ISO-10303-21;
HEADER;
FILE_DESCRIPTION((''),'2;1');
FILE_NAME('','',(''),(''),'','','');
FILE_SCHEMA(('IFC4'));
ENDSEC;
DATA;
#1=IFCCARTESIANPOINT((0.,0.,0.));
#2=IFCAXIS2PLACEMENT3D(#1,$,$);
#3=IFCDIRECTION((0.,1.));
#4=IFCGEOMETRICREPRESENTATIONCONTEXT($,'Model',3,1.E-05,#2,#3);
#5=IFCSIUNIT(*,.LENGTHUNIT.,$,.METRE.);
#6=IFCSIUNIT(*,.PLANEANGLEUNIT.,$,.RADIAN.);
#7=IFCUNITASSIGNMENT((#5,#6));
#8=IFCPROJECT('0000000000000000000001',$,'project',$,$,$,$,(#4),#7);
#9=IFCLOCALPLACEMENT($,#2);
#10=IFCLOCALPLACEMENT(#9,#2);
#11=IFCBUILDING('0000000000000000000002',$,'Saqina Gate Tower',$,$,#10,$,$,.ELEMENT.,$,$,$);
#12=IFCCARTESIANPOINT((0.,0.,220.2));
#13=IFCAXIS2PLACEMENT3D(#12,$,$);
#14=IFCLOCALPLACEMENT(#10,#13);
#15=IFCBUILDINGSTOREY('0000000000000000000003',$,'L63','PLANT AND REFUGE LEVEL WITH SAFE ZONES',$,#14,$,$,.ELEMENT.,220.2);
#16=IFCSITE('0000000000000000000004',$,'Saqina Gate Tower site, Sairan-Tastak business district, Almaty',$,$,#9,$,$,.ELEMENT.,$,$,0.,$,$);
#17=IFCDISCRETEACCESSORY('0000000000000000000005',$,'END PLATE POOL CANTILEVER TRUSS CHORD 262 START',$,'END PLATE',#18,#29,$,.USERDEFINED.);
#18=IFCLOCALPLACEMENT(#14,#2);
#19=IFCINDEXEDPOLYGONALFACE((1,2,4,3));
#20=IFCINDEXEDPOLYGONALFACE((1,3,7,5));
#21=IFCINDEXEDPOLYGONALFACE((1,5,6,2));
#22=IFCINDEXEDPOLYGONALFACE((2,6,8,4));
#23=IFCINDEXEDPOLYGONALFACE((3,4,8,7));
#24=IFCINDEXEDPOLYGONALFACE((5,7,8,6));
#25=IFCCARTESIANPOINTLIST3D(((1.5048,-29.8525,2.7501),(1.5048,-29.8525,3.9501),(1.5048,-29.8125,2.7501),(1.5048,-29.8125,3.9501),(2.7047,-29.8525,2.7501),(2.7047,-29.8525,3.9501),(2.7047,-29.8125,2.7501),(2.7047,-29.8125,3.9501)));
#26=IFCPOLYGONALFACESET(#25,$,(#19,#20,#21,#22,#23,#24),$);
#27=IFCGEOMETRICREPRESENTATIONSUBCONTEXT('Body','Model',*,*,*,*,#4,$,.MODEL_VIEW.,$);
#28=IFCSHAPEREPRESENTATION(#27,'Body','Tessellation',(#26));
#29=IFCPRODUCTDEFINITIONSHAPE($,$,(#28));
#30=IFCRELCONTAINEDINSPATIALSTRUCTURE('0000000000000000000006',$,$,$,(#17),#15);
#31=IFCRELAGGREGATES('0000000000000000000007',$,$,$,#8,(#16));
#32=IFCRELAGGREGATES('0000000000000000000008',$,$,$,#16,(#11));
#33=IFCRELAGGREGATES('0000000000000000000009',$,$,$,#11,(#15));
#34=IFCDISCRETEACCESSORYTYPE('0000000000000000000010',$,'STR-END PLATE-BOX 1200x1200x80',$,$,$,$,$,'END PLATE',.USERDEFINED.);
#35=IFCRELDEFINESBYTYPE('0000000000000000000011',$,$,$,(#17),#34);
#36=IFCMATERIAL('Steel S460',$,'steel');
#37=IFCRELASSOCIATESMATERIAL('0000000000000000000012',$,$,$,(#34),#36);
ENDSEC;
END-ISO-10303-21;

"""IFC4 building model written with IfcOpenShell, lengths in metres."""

from ifc_helpers import new_model, si_unit, direction, frame, origin, origin_2d, place, context, subcontext, project, spatial, rectangle, extrude, material, material_profile, profile_set, type_object, element, save


model = new_model("IFC4")

# Units and contexts
model_context = context("Model", 3, precision=1e-05, world=origin(), true_north=direction((0.0, 1.0)))
body_context = subcontext(model_context, "Body", "Model", "MODEL_VIEW")
ifc_project = project(units=[si_unit("LENGTHUNIT", "METRE"), si_unit("PLANEANGLEUNIT", "RADIAN")], contexts=[model_context])

# Site, building, storey
site_placement = place(None, origin())
site = spatial("IfcSite", under=ifc_project, at=site_placement, Name="Saqina Gate Tower site, Sairan-Tastak business district, Almaty", CompositionType="ELEMENT", RefElevation=0.0)
building_placement = place(site_placement, origin())
building = spatial("IfcBuilding", under=site, at=building_placement, Name="Saqina Gate Tower", CompositionType="ELEMENT")
storey_placement = place(building_placement, frame((0.0, 0.0, 220.2)))
storey = spatial("IfcBuildingStorey", under=building, at=storey_placement, Name="L63", Description="PLANT AND REFUGE LEVEL WITH SAFE ZONES", CompositionType="ELEMENT", Elevation=220.2)

# Discrete accessory
ifc_material_1 = material(Name="Steel S460", Category="steel")
ifc_material_profile_1 = material_profile(ifc_material_1, rectangle(XDim=1.2, YDim=1.2, at=origin_2d()), Name="STR-END PLATE-BOX 1200x1200x80")
ifc_profile_set_1 = profile_set([ifc_material_profile_1], Name="Steel S460")
discrete_accessory_type = type_object("IfcDiscreteAccessoryType", Name="STR-END PLATE-BOX 1200x1200x80", ElementType="END PLATE", PredefinedType="USERDEFINED", material=ifc_profile_set_1)
for number, where, z_axis, x_axis, name in (
    (1, (2.1047, -29.8125, 3.3501), (0.0, -1.0, 0.0), (-1.0, 0.0, 0.0), "END PLATE POOL CANTILEVER TRUSS CHORD 262 START"),
):
    element("IfcDiscreteAccessory", number, at=place(storey_placement, frame(where, z_axis=z_axis, x_axis=x_axis)), inside=storey, type_object=discrete_accessory_type, Name=name, ObjectType="END PLATE", PredefinedType="USERDEFINED", context=body_context, shape_type="SweptSolid", body=[
        extrude(rectangle(XDim=1.2, YDim=1.2, at=origin_2d()), origin(), (0.0, 0.0, 1.0), 0.04),
    ])

save(model, "model.ifc")
